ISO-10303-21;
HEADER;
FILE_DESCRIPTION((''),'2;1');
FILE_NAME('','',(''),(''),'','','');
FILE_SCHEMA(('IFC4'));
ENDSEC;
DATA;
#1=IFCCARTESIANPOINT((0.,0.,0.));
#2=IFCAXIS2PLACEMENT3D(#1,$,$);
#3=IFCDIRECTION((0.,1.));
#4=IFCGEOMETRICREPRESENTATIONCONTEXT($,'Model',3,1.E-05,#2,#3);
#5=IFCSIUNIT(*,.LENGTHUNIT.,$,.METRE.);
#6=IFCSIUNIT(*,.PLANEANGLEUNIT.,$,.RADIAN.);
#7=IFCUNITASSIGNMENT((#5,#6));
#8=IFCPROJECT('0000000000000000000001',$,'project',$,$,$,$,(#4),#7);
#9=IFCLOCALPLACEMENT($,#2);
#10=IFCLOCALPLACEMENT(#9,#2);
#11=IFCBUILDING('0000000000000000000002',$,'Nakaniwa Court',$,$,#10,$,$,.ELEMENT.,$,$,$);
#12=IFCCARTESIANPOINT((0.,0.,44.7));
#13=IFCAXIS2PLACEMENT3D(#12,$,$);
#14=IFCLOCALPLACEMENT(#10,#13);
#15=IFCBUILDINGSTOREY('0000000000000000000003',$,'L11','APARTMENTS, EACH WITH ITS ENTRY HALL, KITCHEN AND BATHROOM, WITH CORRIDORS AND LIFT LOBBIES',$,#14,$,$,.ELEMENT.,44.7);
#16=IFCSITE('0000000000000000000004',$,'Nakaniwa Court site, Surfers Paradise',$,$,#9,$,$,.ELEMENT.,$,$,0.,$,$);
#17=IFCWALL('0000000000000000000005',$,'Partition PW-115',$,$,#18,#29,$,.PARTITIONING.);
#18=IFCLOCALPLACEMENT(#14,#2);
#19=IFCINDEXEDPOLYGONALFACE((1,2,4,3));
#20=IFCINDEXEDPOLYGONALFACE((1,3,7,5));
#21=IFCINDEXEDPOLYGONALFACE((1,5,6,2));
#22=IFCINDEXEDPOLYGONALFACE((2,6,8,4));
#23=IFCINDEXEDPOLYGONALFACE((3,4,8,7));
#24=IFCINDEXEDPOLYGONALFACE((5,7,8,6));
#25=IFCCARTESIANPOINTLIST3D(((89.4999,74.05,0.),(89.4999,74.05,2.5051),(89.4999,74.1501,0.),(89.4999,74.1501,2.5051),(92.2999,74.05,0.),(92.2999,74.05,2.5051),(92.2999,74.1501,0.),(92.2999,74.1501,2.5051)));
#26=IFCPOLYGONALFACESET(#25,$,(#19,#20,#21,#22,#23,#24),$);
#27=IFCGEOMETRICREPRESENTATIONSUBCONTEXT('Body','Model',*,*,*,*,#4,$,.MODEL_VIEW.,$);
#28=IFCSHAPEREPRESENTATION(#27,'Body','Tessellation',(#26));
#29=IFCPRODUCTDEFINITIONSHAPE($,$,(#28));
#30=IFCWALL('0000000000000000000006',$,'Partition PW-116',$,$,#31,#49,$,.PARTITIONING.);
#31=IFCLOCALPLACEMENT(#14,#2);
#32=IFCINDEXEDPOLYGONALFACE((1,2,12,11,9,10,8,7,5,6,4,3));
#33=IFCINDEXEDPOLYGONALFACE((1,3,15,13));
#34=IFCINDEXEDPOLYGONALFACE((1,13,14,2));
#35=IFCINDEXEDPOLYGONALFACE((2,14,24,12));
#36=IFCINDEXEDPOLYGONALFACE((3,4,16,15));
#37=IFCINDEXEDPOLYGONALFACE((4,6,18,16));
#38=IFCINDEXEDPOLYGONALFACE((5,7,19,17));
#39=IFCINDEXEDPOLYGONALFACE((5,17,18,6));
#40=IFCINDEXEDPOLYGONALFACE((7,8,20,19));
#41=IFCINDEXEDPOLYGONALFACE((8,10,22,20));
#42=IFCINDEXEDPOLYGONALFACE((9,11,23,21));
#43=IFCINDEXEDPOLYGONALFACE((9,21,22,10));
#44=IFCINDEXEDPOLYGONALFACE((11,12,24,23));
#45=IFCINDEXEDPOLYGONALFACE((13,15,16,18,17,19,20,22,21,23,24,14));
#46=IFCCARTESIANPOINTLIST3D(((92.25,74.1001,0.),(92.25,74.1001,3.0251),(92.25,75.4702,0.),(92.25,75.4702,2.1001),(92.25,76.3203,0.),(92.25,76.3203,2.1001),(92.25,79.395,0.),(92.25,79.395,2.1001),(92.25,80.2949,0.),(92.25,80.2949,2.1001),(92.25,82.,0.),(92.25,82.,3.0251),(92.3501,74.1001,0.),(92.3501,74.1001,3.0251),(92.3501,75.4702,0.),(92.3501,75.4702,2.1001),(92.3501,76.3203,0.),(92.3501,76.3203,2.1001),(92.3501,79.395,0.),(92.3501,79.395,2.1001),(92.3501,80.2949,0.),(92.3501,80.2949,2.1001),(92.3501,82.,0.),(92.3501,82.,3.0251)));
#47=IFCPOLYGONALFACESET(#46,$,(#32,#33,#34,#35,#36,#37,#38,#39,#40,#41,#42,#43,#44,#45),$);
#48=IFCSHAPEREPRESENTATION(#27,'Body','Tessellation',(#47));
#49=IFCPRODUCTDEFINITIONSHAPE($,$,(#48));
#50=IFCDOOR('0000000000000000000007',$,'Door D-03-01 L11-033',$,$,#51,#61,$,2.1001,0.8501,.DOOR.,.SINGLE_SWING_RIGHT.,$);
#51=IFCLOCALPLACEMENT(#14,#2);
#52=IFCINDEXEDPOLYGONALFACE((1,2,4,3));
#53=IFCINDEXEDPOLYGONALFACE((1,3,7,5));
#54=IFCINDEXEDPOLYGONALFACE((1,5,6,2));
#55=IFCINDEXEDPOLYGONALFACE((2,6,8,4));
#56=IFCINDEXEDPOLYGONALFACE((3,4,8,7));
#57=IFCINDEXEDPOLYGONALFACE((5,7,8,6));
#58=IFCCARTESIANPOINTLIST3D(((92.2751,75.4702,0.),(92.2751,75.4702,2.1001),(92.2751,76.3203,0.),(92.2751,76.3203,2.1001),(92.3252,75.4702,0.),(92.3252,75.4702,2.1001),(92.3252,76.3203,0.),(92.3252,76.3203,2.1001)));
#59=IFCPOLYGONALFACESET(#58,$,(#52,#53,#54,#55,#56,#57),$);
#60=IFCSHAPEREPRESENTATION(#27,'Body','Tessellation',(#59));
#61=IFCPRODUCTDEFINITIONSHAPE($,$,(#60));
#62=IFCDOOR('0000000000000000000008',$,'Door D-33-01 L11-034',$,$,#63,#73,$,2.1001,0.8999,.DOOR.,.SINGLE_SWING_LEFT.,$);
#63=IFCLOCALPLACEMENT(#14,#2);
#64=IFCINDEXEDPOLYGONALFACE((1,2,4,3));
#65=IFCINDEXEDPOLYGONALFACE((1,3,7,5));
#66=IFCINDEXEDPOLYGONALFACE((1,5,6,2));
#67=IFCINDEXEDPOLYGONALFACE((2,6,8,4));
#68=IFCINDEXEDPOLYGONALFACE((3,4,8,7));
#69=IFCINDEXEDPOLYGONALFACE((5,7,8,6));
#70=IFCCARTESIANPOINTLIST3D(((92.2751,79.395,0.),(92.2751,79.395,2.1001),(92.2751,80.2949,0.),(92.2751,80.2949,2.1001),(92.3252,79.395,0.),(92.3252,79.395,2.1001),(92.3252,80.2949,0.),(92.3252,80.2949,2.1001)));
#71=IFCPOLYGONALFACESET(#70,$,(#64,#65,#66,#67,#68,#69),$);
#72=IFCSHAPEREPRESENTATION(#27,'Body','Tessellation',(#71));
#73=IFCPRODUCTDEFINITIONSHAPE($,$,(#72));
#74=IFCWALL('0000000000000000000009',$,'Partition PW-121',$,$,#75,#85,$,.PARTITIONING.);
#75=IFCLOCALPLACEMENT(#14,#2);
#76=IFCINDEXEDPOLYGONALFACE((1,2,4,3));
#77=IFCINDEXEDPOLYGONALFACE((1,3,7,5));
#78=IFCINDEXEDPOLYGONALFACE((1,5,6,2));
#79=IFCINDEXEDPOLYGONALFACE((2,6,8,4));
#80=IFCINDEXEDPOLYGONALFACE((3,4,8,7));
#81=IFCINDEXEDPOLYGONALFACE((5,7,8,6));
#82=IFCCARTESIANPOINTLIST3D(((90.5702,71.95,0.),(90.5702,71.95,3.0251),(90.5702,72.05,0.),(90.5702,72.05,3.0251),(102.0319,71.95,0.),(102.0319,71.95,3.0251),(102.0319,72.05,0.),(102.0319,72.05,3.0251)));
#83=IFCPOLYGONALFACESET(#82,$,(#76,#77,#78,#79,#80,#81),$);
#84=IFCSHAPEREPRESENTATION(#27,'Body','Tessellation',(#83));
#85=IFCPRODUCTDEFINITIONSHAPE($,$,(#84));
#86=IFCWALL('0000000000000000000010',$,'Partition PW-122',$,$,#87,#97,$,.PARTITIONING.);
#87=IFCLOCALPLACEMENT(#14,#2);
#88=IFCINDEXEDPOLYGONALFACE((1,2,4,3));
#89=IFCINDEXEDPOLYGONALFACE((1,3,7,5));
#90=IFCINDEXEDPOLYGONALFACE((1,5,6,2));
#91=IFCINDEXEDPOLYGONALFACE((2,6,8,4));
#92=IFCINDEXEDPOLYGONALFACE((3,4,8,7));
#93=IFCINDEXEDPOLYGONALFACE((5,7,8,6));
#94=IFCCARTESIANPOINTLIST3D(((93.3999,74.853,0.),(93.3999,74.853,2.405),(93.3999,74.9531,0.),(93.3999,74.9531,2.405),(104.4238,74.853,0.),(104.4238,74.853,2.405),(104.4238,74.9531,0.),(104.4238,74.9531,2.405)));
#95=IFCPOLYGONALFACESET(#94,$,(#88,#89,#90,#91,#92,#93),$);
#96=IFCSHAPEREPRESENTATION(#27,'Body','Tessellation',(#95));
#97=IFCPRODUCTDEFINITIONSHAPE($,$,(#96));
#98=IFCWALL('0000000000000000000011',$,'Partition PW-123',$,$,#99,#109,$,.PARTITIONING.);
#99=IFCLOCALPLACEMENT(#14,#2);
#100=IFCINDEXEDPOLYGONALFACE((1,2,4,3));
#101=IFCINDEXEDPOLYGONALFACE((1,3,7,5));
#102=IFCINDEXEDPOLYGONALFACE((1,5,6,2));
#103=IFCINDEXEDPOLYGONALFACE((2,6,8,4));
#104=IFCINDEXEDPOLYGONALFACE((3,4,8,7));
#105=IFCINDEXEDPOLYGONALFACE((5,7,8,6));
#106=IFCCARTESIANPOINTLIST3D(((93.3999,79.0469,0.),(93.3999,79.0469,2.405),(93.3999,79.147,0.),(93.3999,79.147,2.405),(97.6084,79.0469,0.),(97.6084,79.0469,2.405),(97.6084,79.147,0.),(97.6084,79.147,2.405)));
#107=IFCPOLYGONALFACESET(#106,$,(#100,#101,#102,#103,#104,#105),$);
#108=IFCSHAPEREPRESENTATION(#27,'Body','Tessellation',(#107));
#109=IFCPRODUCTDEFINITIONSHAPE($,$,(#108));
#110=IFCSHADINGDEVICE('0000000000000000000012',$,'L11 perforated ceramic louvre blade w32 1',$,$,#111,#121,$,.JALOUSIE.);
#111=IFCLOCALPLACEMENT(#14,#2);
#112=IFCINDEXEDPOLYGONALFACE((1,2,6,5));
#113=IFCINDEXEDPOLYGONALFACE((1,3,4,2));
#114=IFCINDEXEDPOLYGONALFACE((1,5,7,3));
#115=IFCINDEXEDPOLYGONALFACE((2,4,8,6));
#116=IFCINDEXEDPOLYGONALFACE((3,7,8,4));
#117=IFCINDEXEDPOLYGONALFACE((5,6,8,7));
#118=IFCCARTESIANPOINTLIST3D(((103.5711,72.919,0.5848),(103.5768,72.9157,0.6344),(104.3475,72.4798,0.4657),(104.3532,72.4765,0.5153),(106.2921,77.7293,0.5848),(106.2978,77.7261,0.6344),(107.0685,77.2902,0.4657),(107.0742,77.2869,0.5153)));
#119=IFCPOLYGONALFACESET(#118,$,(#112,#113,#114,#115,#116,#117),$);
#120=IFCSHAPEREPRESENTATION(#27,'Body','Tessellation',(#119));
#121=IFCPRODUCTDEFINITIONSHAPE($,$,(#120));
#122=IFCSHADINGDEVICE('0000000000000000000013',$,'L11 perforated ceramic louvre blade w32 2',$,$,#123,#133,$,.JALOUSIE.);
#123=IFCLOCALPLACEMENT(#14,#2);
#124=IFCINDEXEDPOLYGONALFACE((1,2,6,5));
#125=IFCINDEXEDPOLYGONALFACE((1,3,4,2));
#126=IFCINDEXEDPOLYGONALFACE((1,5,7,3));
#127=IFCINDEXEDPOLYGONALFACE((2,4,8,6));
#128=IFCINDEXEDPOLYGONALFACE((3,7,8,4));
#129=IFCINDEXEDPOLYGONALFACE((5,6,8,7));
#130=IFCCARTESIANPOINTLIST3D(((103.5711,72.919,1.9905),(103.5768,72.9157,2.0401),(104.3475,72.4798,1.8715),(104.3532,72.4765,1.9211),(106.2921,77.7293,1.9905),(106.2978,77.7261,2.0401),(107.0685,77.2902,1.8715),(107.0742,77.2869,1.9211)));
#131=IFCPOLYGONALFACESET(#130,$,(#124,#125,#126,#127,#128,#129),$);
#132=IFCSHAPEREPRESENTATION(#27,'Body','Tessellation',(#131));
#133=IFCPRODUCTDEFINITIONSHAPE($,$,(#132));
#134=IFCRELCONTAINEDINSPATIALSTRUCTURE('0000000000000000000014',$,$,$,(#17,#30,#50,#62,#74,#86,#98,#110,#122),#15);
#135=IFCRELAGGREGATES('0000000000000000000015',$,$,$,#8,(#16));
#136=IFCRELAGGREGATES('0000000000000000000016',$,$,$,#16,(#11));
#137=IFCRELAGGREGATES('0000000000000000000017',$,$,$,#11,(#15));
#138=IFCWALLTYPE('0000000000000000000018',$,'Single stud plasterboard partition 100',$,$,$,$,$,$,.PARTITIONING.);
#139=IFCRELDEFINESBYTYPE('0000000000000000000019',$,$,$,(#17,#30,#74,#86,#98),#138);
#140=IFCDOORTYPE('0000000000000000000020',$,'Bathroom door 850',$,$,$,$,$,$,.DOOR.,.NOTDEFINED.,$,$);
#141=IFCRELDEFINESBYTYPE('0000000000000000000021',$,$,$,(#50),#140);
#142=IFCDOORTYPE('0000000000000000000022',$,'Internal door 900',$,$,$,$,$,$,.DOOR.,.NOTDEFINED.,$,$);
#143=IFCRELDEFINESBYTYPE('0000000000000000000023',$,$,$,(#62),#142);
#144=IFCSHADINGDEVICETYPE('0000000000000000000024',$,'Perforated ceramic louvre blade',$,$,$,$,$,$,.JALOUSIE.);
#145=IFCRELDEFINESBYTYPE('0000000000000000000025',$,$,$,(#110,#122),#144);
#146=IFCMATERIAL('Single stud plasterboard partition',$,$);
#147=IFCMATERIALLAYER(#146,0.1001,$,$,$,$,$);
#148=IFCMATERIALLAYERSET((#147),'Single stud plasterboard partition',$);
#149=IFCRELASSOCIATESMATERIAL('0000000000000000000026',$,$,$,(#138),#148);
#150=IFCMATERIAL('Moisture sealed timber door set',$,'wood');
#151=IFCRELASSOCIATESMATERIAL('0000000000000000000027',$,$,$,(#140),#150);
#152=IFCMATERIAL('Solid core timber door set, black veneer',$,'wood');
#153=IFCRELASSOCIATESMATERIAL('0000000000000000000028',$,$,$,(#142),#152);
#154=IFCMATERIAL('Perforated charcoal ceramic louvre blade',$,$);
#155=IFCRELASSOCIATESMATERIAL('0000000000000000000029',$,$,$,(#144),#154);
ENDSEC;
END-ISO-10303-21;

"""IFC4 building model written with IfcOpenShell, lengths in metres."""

from ifc_helpers import new_model, si_unit, direction, frame, frame_2d, origin, origin_2d, place, context, subcontext, project, spatial, rectangle, extrude, material, layer, layer_set, material_profile, profile_set, type_object, element, fill, save


model = new_model("IFC4")

# Units and contexts
model_context = context("Model", 3, precision=1e-05, world=origin(), true_north=direction((0.0, 1.0)))
body_context = subcontext(model_context, "Body", "Model", "MODEL_VIEW")
ifc_project = project(units=[si_unit("LENGTHUNIT", "METRE"), si_unit("PLANEANGLEUNIT", "RADIAN")], contexts=[model_context])

# Site, building, storey
site_placement = place(None, origin())
site = spatial("IfcSite", under=ifc_project, at=site_placement, Name="Nakaniwa Court site, Surfers Paradise", CompositionType="ELEMENT", RefElevation=0.0)
building_placement = place(site_placement, origin())
building = spatial("IfcBuilding", under=site, at=building_placement, Name="Nakaniwa Court", CompositionType="ELEMENT")
storey_placement = place(building_placement, frame((0.0, 0.0, 44.7)))
storey = spatial("IfcBuildingStorey", under=building, at=storey_placement, Name="L11", Description="APARTMENTS, EACH WITH ITS ENTRY HALL, KITCHEN AND BATHROOM, WITH CORRIDORS AND LIFT LOBBIES", CompositionType="ELEMENT", Elevation=44.7)

# Shared definitions
ifc_material_1 = material(Name="Solid core timber door set, black veneer", Category="wood")

# Wall
ifc_material_2 = material(Name="Single stud plasterboard partition")
ifc_layer_1 = layer(ifc_material_2, 0.1001)
ifc_layer_set_1 = layer_set([ifc_layer_1], Name="Single stud plasterboard partition")
wall_type_1 = type_object("IfcWallType", Name="Single stud plasterboard partition 100", PredefinedType="PARTITIONING", material=ifc_layer_set_1)
wall_1_placement = place(storey_placement, frame((89.5, 74.1001, 0.0), z_axis=(0.0, 0.0, 1.0), x_axis=(1.0, 0.0, 0.0)))
element("IfcWall", 1, at=wall_1_placement, inside=storey, type_object=wall_type_1, Name="Partition PW-115", PredefinedType="PARTITIONING", context=body_context, shape_type="SweptSolid", body=[
    extrude(rectangle(XDim=2.8, YDim=0.1001, at=frame_2d((1.3999, 0.0))), origin(), (0.0, 0.0, 1.0), 2.5051),
])

# Wall, openings, doors
wall_2_placement = place(storey_placement, frame((92.3, 74.1001, 0.0), z_axis=(0.0, 0.0, 1.0), x_axis=(0.0, 1.0, 0.0)))
wall_2 = element("IfcWall", 2, at=wall_2_placement, inside=storey, type_object=wall_type_1, Name="Partition PW-116", PredefinedType="PARTITIONING", context=body_context, shape_type="SweptSolid", body=[
    extrude(rectangle(XDim=7.8999, YDim=0.1001, at=frame_2d((3.95, 0.0))), origin(), (0.0, 0.0, 1.0), 3.0251),
])
opening_1_placement = place(wall_2_placement, frame((1.3701, 0.0, 0.0)))
opening_1 = element("IfcOpeningElement", 3, at=opening_1_placement, cuts=wall_2, PredefinedType="OPENING", context=body_context, shape_type="SweptSolid", body=[
    extrude(rectangle(XDim=0.8501, YDim=2.1001, at=frame_2d((0.425, 1.05))), frame((0.0, 0.0601, 0.0), z_axis=(0.0, -1.0, 0.0), x_axis=(1.0, 0.0, 0.0)), (0.0, 0.0, 1.0), 0.1201),
])
opening_2_placement = place(wall_2_placement, frame((5.2949, 0.0, 0.0)))
opening_2 = element("IfcOpeningElement", 4, at=opening_2_placement, cuts=wall_2, PredefinedType="OPENING", context=body_context, shape_type="SweptSolid", body=[
    extrude(rectangle(XDim=0.8999, YDim=2.1001, at=frame_2d((0.45, 1.05))), frame((0.0, 0.0601, 0.0), z_axis=(0.0, -1.0, 0.0), x_axis=(1.0, 0.0, 0.0)), (0.0, 0.0, 1.0), 0.1201),
])
ifc_material_3 = material(Name="Moisture sealed timber door set", Category="wood")
door_type_1 = type_object("IfcDoorType", Name="Bathroom door 850", OperationType="NOTDEFINED", PredefinedType="DOOR", material=ifc_material_3)
door_1_placement = place(opening_1_placement, origin())
door_1 = element("IfcDoor", 5, at=door_1_placement, inside=storey, type_object=door_type_1, Name="Door D-03-01 L11-033", OperationType="SINGLE_SWING_RIGHT", OverallHeight=2.1001, OverallWidth=0.8501, PredefinedType="DOOR", context=body_context, shape_type="SweptSolid", body=[
    extrude(rectangle(XDim=0.8501, YDim=2.1001, at=frame_2d((0.425, 1.05))), frame((0.0, 0.0249, 0.0), z_axis=(0.0, -1.0, 0.0), x_axis=(1.0, 0.0, 0.0)), (0.0, 0.0, 1.0), 0.05),
])
fill(opening_1, door_1)
door_type_2 = type_object("IfcDoorType", Name="Internal door 900", OperationType="NOTDEFINED", PredefinedType="DOOR", material=ifc_material_1)
door_2_placement = place(opening_2_placement, origin())
door_2 = element("IfcDoor", 6, at=door_2_placement, inside=storey, type_object=door_type_2, Name="Door D-33-01 L11-034", OperationType="SINGLE_SWING_LEFT", OverallHeight=2.1001, OverallWidth=0.8999, PredefinedType="DOOR", context=body_context, shape_type="SweptSolid", body=[
    extrude(rectangle(XDim=0.8999, YDim=2.1001, at=frame_2d((0.45, 1.05))), frame((0.0, 0.0249, 0.0), z_axis=(0.0, -1.0, 0.0), x_axis=(1.0, 0.0, 0.0)), (0.0, 0.0, 1.0), 0.05),
])
fill(opening_2, door_2)

# Walls
wall_3_placement = place(storey_placement, frame((90.5701, 72.0, 0.0), z_axis=(0.0, 0.0, 1.0), x_axis=(1.0, 0.0, 0.0)))
element("IfcWall", 7, at=wall_3_placement, inside=storey, type_object=wall_type_1, Name="Partition PW-121", PredefinedType="PARTITIONING", context=body_context, shape_type="SweptSolid", body=[
    extrude(rectangle(XDim=11.4617, YDim=0.1001, at=frame_2d((5.731, 0.0))), origin(), (0.0, 0.0, 1.0), 3.0251),
])
wall_4_placement = place(storey_placement, frame((93.3999, 74.9031, 0.0), z_axis=(0.0, 0.0, 1.0), x_axis=(1.0, 0.0, 0.0)))
element("IfcWall", 8, at=wall_4_placement, inside=storey, type_object=wall_type_1, Name="Partition PW-122", PredefinedType="PARTITIONING", context=body_context, shape_type="SweptSolid", body=[
    extrude(rectangle(XDim=11.0239, YDim=0.1001, at=frame_2d((5.512, 0.0))), origin(), (0.0, 0.0, 1.0), 2.405),
])
wall_5_placement = place(storey_placement, frame((93.3999, 79.0969, 0.0), z_axis=(0.0, 0.0, 1.0), x_axis=(1.0, 0.0, 0.0)))
element("IfcWall", 9, at=wall_5_placement, inside=storey, type_object=wall_type_1, Name="Partition PW-123", PredefinedType="PARTITIONING", context=body_context, shape_type="SweptSolid", body=[
    extrude(rectangle(XDim=4.2085, YDim=0.1001, at=frame_2d((2.1042, 0.0))), origin(), (0.0, 0.0, 1.0), 2.405),
])

# Shading devices
ifc_material_4 = material(Name="Perforated charcoal ceramic louvre blade")
ifc_material_profile_1 = material_profile(ifc_material_4, rectangle(XDim=0.8999, YDim=0.05, at=origin_2d()), Name="Perforated ceramic louvre blade")
ifc_profile_set_1 = profile_set([ifc_material_profile_1], Name="Perforated charcoal ceramic louvre blade")
shading_device_type = type_object("IfcShadingDeviceType", Name="Perforated ceramic louvre blade", PredefinedType="JALOUSIE", material=ifc_profile_set_1)
for number, where, z_axis, x_axis, name in (
    (10, (103.9622, 72.6978, 0.55), (0.492343, 0.870402, 0.0), (-0.862756, 0.488018, 0.132256), "L11 perforated ceramic louvre blade w32 1"),
    (11, (103.9622, 72.6978, 1.9558), (0.492343, 0.870402, 0.0), (-0.862756, 0.488018, 0.132256), "L11 perforated ceramic louvre blade w32 2"),
):
    element("IfcShadingDevice", number, at=place(storey_placement, frame(where, z_axis=z_axis, x_axis=x_axis)), inside=storey, type_object=shading_device_type, Name=name, PredefinedType="JALOUSIE", context=body_context, shape_type="SweptSolid", body=[
        extrude(rectangle(XDim=0.8999, YDim=0.05, at=origin_2d()), origin(), (0.0, 0.0, 1.0), 5.5266),
    ])

save(model, "model.ifc")
